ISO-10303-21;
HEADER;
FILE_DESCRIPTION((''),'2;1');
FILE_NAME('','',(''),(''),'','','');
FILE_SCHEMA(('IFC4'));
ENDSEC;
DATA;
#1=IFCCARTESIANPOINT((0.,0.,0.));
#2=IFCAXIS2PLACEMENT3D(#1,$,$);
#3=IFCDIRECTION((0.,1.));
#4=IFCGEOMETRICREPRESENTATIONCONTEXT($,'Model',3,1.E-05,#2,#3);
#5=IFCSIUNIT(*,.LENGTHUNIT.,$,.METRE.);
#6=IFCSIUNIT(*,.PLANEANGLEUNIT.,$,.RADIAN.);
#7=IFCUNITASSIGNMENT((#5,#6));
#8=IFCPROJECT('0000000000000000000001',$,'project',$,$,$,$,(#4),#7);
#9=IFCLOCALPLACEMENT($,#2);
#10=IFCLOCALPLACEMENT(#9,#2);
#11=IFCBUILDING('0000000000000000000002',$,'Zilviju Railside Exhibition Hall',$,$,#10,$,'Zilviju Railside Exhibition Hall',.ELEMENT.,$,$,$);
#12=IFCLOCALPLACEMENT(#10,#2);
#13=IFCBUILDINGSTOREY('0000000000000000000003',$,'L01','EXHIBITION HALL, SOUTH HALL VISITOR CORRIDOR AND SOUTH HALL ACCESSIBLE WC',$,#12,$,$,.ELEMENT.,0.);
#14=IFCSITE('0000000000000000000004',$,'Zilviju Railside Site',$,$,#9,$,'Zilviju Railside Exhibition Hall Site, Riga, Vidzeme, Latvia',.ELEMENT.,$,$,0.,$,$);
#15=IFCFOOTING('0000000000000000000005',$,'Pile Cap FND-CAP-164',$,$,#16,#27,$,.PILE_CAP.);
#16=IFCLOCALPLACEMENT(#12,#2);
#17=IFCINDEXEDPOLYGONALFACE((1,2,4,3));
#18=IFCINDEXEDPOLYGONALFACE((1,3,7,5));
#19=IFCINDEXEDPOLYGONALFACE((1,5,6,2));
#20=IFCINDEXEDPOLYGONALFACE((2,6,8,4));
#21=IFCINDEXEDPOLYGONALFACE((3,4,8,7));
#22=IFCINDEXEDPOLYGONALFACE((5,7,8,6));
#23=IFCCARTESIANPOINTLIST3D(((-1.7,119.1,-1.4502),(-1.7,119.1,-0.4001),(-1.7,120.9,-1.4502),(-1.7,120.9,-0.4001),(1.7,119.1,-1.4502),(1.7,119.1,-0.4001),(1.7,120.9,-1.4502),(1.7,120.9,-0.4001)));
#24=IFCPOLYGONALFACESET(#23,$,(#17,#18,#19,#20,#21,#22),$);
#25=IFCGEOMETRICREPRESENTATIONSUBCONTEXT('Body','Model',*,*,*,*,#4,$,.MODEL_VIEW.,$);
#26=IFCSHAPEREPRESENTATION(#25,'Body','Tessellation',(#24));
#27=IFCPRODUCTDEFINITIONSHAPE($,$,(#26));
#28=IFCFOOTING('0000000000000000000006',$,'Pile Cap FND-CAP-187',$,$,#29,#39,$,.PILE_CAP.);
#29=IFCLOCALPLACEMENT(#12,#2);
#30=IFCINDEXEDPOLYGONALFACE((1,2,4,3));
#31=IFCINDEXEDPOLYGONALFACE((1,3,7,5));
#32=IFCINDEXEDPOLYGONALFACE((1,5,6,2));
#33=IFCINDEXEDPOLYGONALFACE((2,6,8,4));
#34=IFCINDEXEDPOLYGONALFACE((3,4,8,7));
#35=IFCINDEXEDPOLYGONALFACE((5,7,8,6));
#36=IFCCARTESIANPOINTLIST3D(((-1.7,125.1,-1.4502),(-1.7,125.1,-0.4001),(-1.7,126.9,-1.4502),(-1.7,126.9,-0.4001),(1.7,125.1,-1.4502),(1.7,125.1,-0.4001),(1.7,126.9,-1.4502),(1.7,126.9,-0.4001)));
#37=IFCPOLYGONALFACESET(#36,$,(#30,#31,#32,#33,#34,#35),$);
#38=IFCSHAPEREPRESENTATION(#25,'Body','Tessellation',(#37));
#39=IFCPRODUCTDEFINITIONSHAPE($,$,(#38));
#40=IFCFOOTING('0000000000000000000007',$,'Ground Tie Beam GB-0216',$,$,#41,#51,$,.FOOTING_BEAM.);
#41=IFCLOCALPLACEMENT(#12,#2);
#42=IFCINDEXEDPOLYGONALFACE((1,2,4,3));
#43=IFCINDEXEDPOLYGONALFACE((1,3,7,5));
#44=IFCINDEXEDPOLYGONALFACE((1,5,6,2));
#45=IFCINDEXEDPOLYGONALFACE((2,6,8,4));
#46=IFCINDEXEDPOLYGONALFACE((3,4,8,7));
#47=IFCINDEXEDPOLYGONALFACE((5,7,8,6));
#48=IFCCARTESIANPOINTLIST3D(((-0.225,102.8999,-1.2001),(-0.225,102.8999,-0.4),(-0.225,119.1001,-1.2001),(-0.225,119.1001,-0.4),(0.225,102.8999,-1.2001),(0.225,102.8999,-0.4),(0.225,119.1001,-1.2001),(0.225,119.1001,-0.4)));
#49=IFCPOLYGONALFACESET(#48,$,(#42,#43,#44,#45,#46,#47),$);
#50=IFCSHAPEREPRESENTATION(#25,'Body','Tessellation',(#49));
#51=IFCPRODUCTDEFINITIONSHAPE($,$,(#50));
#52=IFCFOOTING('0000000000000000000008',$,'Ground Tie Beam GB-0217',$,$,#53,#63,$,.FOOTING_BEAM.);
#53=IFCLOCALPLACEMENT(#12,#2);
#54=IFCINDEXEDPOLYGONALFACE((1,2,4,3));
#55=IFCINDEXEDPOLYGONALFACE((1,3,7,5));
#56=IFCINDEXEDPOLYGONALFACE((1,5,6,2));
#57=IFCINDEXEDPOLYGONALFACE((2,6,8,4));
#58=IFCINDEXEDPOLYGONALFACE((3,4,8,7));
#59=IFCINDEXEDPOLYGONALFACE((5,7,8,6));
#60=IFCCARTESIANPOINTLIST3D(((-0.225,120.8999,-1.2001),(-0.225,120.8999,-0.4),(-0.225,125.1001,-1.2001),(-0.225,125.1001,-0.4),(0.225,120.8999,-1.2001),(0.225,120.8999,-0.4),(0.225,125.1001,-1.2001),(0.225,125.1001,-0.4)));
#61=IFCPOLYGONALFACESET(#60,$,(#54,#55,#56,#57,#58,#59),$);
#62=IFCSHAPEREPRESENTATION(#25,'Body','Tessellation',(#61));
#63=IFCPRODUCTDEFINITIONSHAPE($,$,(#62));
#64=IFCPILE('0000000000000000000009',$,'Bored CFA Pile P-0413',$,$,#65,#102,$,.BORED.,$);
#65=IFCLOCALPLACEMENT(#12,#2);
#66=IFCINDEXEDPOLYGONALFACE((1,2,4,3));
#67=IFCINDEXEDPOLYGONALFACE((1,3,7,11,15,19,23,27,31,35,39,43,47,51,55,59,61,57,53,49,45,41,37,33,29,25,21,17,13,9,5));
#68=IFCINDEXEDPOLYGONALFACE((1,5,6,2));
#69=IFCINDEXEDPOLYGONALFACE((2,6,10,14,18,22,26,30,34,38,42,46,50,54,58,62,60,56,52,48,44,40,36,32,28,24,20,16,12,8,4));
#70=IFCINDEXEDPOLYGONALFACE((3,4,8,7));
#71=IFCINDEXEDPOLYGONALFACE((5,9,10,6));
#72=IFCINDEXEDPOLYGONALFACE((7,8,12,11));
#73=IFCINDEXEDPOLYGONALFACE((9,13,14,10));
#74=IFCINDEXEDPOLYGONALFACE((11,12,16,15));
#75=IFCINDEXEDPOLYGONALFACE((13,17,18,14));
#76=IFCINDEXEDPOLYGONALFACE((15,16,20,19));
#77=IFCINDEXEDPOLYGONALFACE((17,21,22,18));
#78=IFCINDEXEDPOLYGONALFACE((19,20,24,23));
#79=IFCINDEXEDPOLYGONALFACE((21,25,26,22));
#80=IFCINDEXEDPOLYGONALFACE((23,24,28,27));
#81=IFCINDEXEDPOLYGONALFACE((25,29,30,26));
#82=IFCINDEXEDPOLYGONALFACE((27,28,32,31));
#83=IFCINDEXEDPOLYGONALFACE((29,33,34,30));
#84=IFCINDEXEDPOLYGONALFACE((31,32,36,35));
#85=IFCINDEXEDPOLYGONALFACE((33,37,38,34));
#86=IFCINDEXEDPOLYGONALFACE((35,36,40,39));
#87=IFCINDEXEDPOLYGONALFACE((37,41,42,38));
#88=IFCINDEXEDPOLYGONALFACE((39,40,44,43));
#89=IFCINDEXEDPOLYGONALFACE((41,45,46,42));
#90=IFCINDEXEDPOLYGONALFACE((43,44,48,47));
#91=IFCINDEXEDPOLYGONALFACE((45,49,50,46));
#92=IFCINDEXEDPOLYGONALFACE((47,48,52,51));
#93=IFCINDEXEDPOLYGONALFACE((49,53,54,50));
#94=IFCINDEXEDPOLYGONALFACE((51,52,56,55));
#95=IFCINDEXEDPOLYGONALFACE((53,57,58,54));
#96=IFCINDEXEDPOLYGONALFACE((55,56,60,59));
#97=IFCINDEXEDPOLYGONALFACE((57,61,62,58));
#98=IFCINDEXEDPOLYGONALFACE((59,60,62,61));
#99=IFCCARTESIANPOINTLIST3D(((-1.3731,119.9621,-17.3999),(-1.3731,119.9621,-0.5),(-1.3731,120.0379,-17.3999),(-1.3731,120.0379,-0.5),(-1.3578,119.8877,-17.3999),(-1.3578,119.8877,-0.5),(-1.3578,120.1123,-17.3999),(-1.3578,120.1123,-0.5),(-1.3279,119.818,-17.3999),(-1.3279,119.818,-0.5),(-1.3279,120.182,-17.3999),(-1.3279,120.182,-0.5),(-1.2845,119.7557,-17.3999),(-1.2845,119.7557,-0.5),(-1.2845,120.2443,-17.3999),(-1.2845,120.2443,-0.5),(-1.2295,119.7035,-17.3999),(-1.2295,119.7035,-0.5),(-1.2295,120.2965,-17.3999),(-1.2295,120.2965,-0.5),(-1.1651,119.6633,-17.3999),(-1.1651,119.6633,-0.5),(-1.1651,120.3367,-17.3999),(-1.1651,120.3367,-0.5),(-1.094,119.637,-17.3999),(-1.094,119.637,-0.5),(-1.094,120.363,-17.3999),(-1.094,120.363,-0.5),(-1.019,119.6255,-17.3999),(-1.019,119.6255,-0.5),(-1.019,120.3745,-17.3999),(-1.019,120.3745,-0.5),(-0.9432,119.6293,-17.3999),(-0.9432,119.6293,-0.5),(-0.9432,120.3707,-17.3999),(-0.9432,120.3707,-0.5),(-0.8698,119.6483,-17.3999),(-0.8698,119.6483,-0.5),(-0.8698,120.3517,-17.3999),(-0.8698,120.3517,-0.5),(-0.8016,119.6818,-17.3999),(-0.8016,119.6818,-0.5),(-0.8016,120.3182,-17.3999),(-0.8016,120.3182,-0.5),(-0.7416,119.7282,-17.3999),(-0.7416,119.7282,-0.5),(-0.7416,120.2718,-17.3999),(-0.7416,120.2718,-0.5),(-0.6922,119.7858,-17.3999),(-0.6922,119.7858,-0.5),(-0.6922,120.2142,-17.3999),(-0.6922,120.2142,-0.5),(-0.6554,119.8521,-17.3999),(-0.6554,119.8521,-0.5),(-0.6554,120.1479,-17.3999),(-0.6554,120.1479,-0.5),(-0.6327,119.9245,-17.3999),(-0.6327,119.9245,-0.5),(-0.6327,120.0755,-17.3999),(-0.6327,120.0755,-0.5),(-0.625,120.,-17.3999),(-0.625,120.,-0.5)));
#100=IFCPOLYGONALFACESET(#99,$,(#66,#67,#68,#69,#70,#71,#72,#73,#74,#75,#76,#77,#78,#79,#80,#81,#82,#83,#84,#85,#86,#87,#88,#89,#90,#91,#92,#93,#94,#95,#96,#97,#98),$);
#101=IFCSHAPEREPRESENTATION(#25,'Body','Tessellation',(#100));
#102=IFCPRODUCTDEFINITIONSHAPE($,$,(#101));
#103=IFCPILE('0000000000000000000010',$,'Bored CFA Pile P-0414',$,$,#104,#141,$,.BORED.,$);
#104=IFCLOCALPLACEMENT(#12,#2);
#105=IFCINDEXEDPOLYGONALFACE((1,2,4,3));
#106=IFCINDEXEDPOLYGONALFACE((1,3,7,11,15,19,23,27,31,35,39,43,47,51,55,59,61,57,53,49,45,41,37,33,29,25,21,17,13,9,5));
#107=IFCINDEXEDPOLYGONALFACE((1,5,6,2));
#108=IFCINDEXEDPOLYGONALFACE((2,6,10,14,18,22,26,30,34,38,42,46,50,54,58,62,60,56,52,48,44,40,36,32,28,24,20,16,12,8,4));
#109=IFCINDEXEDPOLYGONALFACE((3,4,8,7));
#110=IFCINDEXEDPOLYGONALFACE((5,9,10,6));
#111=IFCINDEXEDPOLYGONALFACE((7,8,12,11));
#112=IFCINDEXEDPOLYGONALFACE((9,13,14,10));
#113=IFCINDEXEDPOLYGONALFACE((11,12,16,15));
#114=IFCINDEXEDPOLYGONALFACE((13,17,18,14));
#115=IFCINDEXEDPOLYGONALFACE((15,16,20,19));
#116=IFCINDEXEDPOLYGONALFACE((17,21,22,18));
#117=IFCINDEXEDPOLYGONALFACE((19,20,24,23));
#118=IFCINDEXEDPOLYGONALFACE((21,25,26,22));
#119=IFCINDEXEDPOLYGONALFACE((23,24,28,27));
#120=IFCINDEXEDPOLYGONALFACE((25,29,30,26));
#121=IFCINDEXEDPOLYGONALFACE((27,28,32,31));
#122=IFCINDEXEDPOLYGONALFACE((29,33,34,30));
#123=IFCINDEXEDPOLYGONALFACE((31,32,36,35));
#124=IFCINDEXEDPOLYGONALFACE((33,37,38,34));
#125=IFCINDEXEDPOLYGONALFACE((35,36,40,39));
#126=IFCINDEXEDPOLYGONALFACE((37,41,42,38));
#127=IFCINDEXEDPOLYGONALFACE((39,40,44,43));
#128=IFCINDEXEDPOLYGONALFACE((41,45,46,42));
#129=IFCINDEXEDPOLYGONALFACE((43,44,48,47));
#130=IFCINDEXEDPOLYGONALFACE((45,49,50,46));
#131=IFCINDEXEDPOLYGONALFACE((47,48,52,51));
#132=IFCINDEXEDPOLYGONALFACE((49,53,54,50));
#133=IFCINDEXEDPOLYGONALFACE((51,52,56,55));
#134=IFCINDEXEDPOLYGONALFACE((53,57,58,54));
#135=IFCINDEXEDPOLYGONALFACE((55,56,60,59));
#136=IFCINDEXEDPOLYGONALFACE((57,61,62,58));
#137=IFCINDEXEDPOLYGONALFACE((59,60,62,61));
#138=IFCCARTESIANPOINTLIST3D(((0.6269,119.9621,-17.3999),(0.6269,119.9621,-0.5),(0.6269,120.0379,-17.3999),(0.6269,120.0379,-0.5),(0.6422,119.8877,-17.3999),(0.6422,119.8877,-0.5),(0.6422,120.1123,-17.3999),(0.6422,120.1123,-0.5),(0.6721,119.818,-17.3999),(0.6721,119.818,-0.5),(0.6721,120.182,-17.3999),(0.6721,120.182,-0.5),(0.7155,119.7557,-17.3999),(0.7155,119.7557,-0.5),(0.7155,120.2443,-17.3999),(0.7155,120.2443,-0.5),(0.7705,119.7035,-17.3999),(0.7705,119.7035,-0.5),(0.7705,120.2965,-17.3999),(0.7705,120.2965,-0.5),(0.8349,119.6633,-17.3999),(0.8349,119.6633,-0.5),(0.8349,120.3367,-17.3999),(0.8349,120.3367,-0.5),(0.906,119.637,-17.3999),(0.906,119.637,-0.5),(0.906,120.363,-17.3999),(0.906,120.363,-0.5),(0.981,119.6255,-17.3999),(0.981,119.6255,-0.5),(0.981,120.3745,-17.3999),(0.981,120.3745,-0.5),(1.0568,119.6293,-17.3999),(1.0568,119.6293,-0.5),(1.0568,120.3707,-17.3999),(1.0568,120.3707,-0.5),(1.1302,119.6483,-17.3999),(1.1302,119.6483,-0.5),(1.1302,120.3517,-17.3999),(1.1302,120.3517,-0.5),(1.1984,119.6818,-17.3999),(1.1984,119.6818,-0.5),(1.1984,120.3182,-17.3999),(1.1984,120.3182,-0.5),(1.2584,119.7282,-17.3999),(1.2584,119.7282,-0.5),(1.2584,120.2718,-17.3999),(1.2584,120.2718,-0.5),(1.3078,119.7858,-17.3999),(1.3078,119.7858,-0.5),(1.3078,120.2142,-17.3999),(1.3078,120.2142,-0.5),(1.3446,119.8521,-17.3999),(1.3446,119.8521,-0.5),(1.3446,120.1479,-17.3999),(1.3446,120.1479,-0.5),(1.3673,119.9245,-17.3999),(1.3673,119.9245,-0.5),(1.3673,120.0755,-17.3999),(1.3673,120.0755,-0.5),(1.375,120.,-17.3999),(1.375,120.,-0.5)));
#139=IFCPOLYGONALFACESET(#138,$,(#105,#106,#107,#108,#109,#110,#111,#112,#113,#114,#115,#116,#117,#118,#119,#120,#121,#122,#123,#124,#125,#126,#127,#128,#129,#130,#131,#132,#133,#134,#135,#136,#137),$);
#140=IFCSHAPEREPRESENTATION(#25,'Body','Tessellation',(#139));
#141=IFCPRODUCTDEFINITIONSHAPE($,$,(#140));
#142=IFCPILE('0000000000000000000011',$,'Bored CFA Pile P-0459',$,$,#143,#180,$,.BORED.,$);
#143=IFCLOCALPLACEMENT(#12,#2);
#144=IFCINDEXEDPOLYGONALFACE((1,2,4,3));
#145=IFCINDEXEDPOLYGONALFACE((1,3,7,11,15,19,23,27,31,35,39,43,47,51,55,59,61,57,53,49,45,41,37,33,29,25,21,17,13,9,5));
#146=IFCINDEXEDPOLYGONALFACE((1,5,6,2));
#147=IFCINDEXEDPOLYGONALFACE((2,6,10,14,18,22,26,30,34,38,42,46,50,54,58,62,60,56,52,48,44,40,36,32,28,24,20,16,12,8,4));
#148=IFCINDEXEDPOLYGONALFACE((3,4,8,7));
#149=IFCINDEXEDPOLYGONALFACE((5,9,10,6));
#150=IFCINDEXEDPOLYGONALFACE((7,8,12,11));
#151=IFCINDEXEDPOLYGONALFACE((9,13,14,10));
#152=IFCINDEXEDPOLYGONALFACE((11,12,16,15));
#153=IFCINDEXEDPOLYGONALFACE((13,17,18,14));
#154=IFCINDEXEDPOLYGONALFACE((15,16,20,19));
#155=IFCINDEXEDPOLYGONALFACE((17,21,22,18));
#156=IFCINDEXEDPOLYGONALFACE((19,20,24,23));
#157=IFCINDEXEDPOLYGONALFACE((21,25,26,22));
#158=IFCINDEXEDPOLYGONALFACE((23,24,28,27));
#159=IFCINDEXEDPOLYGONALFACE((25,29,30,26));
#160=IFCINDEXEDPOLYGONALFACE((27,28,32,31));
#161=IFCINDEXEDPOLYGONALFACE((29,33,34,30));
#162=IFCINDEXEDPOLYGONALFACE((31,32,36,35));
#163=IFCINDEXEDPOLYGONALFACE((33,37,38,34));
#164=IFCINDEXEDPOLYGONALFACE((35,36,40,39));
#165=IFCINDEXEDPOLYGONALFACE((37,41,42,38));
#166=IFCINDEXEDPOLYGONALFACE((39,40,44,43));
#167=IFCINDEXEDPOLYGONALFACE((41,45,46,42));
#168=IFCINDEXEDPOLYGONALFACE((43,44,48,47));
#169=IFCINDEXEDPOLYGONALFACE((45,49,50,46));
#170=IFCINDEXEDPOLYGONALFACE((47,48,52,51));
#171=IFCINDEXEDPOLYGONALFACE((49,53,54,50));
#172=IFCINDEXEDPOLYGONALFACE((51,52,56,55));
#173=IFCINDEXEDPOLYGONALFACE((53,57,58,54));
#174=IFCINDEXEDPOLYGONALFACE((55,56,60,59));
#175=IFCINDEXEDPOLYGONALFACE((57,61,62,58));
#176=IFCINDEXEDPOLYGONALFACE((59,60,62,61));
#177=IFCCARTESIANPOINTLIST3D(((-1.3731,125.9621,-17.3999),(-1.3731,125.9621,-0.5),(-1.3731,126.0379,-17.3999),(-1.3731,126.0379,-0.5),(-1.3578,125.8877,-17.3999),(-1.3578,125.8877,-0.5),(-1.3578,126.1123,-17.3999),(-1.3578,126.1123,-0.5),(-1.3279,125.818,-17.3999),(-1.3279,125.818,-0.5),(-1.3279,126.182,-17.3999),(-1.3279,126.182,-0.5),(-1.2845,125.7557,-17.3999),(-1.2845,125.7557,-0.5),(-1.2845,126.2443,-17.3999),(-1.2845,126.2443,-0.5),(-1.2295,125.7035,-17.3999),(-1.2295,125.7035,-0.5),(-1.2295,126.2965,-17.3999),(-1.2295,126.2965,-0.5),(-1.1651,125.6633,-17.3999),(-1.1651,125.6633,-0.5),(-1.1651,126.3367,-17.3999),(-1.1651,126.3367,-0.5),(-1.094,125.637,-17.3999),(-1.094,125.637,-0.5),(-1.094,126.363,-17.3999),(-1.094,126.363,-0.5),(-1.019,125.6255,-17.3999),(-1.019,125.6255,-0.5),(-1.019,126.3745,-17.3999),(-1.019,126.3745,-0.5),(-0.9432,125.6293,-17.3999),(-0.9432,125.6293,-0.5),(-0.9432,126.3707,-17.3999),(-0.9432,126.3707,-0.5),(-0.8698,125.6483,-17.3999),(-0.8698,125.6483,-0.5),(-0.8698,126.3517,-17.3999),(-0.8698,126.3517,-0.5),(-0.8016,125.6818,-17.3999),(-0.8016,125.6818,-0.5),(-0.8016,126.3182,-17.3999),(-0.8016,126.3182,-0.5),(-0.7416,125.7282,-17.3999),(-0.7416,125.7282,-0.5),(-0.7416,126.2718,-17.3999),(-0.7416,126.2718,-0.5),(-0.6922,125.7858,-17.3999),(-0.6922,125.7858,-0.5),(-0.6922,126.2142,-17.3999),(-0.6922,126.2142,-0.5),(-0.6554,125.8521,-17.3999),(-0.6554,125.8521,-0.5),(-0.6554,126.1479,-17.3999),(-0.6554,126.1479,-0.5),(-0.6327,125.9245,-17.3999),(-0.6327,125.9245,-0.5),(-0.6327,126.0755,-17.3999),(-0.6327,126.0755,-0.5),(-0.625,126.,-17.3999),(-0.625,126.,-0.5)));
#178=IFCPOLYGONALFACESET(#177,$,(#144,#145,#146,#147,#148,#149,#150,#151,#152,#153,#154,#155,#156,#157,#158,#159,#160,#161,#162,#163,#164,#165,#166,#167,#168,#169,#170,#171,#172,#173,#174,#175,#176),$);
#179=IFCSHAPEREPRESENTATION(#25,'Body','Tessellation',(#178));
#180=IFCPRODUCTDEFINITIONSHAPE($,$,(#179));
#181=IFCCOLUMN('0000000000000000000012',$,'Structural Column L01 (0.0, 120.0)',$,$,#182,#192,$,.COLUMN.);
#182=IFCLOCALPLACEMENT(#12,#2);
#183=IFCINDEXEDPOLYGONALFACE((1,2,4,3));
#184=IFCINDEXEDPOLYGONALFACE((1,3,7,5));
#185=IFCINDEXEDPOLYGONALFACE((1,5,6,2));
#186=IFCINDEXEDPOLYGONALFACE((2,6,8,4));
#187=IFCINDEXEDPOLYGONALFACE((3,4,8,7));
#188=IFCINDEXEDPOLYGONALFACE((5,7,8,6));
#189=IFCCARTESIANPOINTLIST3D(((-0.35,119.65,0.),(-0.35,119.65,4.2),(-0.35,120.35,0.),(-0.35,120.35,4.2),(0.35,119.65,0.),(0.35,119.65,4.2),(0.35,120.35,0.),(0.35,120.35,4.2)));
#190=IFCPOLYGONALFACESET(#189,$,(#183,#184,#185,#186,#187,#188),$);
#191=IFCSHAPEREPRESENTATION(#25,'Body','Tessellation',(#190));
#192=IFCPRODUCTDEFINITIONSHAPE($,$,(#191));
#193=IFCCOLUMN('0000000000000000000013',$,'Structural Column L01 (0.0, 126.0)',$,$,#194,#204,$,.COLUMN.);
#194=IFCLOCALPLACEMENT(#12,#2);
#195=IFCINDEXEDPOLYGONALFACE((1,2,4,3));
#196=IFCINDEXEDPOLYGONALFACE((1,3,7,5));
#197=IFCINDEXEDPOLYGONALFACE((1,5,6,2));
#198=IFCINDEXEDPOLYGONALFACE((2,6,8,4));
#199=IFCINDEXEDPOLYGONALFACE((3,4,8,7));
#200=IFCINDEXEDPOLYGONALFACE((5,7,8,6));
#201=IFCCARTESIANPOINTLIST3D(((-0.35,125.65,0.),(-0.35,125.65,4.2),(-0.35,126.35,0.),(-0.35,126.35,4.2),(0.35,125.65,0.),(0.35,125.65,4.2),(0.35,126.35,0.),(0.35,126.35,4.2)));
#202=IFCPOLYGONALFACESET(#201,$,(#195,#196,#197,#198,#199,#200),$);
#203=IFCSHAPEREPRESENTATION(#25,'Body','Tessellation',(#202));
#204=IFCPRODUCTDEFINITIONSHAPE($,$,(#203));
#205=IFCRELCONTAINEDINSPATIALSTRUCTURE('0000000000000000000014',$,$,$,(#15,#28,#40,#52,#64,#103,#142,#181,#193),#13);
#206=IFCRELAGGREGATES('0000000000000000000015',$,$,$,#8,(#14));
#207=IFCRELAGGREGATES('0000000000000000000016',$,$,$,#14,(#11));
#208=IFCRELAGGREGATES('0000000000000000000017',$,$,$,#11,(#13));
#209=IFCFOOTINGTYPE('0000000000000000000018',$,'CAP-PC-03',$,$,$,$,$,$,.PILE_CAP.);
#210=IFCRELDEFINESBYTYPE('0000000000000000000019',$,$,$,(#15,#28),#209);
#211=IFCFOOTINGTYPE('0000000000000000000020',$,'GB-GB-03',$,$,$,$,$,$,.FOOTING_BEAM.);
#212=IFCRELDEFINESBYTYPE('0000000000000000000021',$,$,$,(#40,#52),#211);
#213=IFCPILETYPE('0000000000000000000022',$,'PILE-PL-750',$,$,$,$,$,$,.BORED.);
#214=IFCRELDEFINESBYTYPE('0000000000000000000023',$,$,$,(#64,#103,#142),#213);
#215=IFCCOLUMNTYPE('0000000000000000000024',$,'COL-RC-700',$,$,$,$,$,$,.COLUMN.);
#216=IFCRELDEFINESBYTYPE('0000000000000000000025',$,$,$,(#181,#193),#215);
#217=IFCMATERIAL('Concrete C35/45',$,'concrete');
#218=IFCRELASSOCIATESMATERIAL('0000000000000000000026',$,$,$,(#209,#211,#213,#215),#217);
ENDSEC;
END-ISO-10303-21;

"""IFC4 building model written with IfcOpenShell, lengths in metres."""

from ifc_helpers import new_model, si_unit, direction, frame, origin, origin_2d, place, context, subcontext, project, spatial, rectangle, circle, extrude, material, material_profile, profile_set, type_object, element, save


model = new_model("IFC4")

# Units and contexts
model_context = context("Model", 3, precision=1e-05, world=origin(), true_north=direction((0.0, 1.0)))
body_context = subcontext(model_context, "Body", "Model", "MODEL_VIEW")
ifc_project = project(units=[si_unit("LENGTHUNIT", "METRE"), si_unit("PLANEANGLEUNIT", "RADIAN")], contexts=[model_context])

# Site, building, storey
site_placement = place(None, origin())
site = spatial("IfcSite", under=ifc_project, at=site_placement, Name="Zilviju Railside Site", LongName="Zilviju Railside Exhibition Hall Site, Riga, Vidzeme, Latvia", CompositionType="ELEMENT", RefElevation=0.0)
building_placement = place(site_placement, origin())
building = spatial("IfcBuilding", under=site, at=building_placement, Name="Zilviju Railside Exhibition Hall", LongName="Zilviju Railside Exhibition Hall", CompositionType="ELEMENT")
storey_placement = place(building_placement, origin())
storey = spatial("IfcBuildingStorey", under=building, at=storey_placement, Name="L01", Description="EXHIBITION HALL, SOUTH HALL VISITOR CORRIDOR AND SOUTH HALL ACCESSIBLE WC", CompositionType="ELEMENT", Elevation=0.0)

# Footings
ifc_material_1 = material(Name="Concrete C35/45", Category="concrete")
footing_type_1 = type_object("IfcFootingType", Name="CAP-PC-03", PredefinedType="PILE_CAP", material=ifc_material_1)
for number, where, z_axis, x_axis, name in (
    (1, (0.0, 120.0, -1.4502), (0.0, 0.0, 1.0), (1.0, 0.0, 0.0), "Pile Cap FND-CAP-164"),
    (2, (0.0, 126.0, -1.4502), (0.0, 0.0, 1.0), (1.0, 0.0, 0.0), "Pile Cap FND-CAP-187"),
):
    element("IfcFooting", number, at=place(storey_placement, frame(where, z_axis=z_axis, x_axis=x_axis)), inside=storey, type_object=footing_type_1, Name=name, PredefinedType="PILE_CAP", context=body_context, shape_type="SweptSolid", body=[
        extrude(rectangle(XDim=3.3999, YDim=1.8, at=origin_2d()), origin(), (0.0, 0.0, 1.0), 1.05),
    ])
ifc_material_profile_1 = material_profile(ifc_material_1, rectangle(XDim=0.45, YDim=0.8, at=origin_2d()), Name="TIE BEAM 450x800")
ifc_profile_set_1 = profile_set([ifc_material_profile_1], Name="Concrete C35/45")
footing_type_2 = type_object("IfcFootingType", Name="GB-GB-03", PredefinedType="FOOTING_BEAM", material=ifc_profile_set_1)
footing_1_placement = place(storey_placement, frame((0.0, 102.8999, -0.8), z_axis=(0.0, 1.0, 0.0), x_axis=(-1.0, 0.0, 0.0)))
element("IfcFooting", 3, at=footing_1_placement, inside=storey, type_object=footing_type_2, Name="Ground Tie Beam GB-0216", PredefinedType="FOOTING_BEAM", context=body_context, shape_type="SweptSolid", body=[
    extrude(rectangle(XDim=0.45, YDim=0.8, at=origin_2d()), origin(), (0.0, 0.0, 1.0), 16.2002),
])
footing_2_placement = place(storey_placement, frame((0.0, 120.8999, -0.8), z_axis=(0.0, 1.0, 0.0), x_axis=(-1.0, 0.0, 0.0)))
element("IfcFooting", 4, at=footing_2_placement, inside=storey, type_object=footing_type_2, Name="Ground Tie Beam GB-0217", PredefinedType="FOOTING_BEAM", context=body_context, shape_type="SweptSolid", body=[
    extrude(rectangle(XDim=0.45, YDim=0.8, at=origin_2d()), origin(), (0.0, 0.0, 1.0), 4.2002),
])

# Piles
ifc_material_profile_2 = material_profile(ifc_material_1, circle(Radius=0.375, at=origin_2d()), Name="CFA PILE D750")
ifc_profile_set_2 = profile_set([ifc_material_profile_2], Name="Concrete C35/45")
pile_type = type_object("IfcPileType", Name="PILE-PL-750", PredefinedType="BORED", material=ifc_profile_set_2)
for number, where, z_axis, x_axis, name in (
    (5, (-1.0, 120.0, -0.5), (0.0, 0.0, -1.0), (1.0, 0.0, 0.0), "Bored CFA Pile P-0413"),
    (6, (1.0, 120.0, -0.5), (0.0, 0.0, -1.0), (1.0, 0.0, 0.0), "Bored CFA Pile P-0414"),
    (7, (-1.0, 126.0, -0.5), (0.0, 0.0, -1.0), (1.0, 0.0, 0.0), "Bored CFA Pile P-0459"),
):
    element("IfcPile", number, at=place(storey_placement, frame(where, z_axis=z_axis, x_axis=x_axis)), inside=storey, type_object=pile_type, Name=name, PredefinedType="BORED", context=body_context, shape_type="SweptSolid", body=[
        extrude(circle(Radius=0.375, at=origin_2d()), origin(), (0.0, 0.0, 1.0), 16.8999),
    ])

# Columns
ifc_material_profile_3 = material_profile(ifc_material_1, rectangle(XDim=0.7, YDim=0.7, at=origin_2d()), Name="RC COL 700x700")
ifc_profile_set_3 = profile_set([ifc_material_profile_3], Name="Concrete C35/45")
column_type = type_object("IfcColumnType", Name="COL-RC-700", PredefinedType="COLUMN", material=ifc_profile_set_3)
for number, where, z_axis, x_axis, name in (
    (8, (0.0, 120.0, 0.0), (0.0, 0.0, 1.0), (1.0, 0.0, 0.0), "Structural Column L01 (0.0, 120.0)"),
    (9, (0.0, 126.0, 0.0), (0.0, 0.0, 1.0), (1.0, 0.0, 0.0), "Structural Column L01 (0.0, 126.0)"),
):
    element("IfcColumn", number, at=place(storey_placement, frame(where, z_axis=z_axis, x_axis=x_axis)), inside=storey, type_object=column_type, Name=name, PredefinedType="COLUMN", context=body_context, shape_type="SweptSolid", body=[
        extrude(rectangle(XDim=0.7, YDim=0.7, at=origin_2d()), origin(), (0.0, 0.0, 1.0), 4.2),
    ])

save(model, "model.ifc")
